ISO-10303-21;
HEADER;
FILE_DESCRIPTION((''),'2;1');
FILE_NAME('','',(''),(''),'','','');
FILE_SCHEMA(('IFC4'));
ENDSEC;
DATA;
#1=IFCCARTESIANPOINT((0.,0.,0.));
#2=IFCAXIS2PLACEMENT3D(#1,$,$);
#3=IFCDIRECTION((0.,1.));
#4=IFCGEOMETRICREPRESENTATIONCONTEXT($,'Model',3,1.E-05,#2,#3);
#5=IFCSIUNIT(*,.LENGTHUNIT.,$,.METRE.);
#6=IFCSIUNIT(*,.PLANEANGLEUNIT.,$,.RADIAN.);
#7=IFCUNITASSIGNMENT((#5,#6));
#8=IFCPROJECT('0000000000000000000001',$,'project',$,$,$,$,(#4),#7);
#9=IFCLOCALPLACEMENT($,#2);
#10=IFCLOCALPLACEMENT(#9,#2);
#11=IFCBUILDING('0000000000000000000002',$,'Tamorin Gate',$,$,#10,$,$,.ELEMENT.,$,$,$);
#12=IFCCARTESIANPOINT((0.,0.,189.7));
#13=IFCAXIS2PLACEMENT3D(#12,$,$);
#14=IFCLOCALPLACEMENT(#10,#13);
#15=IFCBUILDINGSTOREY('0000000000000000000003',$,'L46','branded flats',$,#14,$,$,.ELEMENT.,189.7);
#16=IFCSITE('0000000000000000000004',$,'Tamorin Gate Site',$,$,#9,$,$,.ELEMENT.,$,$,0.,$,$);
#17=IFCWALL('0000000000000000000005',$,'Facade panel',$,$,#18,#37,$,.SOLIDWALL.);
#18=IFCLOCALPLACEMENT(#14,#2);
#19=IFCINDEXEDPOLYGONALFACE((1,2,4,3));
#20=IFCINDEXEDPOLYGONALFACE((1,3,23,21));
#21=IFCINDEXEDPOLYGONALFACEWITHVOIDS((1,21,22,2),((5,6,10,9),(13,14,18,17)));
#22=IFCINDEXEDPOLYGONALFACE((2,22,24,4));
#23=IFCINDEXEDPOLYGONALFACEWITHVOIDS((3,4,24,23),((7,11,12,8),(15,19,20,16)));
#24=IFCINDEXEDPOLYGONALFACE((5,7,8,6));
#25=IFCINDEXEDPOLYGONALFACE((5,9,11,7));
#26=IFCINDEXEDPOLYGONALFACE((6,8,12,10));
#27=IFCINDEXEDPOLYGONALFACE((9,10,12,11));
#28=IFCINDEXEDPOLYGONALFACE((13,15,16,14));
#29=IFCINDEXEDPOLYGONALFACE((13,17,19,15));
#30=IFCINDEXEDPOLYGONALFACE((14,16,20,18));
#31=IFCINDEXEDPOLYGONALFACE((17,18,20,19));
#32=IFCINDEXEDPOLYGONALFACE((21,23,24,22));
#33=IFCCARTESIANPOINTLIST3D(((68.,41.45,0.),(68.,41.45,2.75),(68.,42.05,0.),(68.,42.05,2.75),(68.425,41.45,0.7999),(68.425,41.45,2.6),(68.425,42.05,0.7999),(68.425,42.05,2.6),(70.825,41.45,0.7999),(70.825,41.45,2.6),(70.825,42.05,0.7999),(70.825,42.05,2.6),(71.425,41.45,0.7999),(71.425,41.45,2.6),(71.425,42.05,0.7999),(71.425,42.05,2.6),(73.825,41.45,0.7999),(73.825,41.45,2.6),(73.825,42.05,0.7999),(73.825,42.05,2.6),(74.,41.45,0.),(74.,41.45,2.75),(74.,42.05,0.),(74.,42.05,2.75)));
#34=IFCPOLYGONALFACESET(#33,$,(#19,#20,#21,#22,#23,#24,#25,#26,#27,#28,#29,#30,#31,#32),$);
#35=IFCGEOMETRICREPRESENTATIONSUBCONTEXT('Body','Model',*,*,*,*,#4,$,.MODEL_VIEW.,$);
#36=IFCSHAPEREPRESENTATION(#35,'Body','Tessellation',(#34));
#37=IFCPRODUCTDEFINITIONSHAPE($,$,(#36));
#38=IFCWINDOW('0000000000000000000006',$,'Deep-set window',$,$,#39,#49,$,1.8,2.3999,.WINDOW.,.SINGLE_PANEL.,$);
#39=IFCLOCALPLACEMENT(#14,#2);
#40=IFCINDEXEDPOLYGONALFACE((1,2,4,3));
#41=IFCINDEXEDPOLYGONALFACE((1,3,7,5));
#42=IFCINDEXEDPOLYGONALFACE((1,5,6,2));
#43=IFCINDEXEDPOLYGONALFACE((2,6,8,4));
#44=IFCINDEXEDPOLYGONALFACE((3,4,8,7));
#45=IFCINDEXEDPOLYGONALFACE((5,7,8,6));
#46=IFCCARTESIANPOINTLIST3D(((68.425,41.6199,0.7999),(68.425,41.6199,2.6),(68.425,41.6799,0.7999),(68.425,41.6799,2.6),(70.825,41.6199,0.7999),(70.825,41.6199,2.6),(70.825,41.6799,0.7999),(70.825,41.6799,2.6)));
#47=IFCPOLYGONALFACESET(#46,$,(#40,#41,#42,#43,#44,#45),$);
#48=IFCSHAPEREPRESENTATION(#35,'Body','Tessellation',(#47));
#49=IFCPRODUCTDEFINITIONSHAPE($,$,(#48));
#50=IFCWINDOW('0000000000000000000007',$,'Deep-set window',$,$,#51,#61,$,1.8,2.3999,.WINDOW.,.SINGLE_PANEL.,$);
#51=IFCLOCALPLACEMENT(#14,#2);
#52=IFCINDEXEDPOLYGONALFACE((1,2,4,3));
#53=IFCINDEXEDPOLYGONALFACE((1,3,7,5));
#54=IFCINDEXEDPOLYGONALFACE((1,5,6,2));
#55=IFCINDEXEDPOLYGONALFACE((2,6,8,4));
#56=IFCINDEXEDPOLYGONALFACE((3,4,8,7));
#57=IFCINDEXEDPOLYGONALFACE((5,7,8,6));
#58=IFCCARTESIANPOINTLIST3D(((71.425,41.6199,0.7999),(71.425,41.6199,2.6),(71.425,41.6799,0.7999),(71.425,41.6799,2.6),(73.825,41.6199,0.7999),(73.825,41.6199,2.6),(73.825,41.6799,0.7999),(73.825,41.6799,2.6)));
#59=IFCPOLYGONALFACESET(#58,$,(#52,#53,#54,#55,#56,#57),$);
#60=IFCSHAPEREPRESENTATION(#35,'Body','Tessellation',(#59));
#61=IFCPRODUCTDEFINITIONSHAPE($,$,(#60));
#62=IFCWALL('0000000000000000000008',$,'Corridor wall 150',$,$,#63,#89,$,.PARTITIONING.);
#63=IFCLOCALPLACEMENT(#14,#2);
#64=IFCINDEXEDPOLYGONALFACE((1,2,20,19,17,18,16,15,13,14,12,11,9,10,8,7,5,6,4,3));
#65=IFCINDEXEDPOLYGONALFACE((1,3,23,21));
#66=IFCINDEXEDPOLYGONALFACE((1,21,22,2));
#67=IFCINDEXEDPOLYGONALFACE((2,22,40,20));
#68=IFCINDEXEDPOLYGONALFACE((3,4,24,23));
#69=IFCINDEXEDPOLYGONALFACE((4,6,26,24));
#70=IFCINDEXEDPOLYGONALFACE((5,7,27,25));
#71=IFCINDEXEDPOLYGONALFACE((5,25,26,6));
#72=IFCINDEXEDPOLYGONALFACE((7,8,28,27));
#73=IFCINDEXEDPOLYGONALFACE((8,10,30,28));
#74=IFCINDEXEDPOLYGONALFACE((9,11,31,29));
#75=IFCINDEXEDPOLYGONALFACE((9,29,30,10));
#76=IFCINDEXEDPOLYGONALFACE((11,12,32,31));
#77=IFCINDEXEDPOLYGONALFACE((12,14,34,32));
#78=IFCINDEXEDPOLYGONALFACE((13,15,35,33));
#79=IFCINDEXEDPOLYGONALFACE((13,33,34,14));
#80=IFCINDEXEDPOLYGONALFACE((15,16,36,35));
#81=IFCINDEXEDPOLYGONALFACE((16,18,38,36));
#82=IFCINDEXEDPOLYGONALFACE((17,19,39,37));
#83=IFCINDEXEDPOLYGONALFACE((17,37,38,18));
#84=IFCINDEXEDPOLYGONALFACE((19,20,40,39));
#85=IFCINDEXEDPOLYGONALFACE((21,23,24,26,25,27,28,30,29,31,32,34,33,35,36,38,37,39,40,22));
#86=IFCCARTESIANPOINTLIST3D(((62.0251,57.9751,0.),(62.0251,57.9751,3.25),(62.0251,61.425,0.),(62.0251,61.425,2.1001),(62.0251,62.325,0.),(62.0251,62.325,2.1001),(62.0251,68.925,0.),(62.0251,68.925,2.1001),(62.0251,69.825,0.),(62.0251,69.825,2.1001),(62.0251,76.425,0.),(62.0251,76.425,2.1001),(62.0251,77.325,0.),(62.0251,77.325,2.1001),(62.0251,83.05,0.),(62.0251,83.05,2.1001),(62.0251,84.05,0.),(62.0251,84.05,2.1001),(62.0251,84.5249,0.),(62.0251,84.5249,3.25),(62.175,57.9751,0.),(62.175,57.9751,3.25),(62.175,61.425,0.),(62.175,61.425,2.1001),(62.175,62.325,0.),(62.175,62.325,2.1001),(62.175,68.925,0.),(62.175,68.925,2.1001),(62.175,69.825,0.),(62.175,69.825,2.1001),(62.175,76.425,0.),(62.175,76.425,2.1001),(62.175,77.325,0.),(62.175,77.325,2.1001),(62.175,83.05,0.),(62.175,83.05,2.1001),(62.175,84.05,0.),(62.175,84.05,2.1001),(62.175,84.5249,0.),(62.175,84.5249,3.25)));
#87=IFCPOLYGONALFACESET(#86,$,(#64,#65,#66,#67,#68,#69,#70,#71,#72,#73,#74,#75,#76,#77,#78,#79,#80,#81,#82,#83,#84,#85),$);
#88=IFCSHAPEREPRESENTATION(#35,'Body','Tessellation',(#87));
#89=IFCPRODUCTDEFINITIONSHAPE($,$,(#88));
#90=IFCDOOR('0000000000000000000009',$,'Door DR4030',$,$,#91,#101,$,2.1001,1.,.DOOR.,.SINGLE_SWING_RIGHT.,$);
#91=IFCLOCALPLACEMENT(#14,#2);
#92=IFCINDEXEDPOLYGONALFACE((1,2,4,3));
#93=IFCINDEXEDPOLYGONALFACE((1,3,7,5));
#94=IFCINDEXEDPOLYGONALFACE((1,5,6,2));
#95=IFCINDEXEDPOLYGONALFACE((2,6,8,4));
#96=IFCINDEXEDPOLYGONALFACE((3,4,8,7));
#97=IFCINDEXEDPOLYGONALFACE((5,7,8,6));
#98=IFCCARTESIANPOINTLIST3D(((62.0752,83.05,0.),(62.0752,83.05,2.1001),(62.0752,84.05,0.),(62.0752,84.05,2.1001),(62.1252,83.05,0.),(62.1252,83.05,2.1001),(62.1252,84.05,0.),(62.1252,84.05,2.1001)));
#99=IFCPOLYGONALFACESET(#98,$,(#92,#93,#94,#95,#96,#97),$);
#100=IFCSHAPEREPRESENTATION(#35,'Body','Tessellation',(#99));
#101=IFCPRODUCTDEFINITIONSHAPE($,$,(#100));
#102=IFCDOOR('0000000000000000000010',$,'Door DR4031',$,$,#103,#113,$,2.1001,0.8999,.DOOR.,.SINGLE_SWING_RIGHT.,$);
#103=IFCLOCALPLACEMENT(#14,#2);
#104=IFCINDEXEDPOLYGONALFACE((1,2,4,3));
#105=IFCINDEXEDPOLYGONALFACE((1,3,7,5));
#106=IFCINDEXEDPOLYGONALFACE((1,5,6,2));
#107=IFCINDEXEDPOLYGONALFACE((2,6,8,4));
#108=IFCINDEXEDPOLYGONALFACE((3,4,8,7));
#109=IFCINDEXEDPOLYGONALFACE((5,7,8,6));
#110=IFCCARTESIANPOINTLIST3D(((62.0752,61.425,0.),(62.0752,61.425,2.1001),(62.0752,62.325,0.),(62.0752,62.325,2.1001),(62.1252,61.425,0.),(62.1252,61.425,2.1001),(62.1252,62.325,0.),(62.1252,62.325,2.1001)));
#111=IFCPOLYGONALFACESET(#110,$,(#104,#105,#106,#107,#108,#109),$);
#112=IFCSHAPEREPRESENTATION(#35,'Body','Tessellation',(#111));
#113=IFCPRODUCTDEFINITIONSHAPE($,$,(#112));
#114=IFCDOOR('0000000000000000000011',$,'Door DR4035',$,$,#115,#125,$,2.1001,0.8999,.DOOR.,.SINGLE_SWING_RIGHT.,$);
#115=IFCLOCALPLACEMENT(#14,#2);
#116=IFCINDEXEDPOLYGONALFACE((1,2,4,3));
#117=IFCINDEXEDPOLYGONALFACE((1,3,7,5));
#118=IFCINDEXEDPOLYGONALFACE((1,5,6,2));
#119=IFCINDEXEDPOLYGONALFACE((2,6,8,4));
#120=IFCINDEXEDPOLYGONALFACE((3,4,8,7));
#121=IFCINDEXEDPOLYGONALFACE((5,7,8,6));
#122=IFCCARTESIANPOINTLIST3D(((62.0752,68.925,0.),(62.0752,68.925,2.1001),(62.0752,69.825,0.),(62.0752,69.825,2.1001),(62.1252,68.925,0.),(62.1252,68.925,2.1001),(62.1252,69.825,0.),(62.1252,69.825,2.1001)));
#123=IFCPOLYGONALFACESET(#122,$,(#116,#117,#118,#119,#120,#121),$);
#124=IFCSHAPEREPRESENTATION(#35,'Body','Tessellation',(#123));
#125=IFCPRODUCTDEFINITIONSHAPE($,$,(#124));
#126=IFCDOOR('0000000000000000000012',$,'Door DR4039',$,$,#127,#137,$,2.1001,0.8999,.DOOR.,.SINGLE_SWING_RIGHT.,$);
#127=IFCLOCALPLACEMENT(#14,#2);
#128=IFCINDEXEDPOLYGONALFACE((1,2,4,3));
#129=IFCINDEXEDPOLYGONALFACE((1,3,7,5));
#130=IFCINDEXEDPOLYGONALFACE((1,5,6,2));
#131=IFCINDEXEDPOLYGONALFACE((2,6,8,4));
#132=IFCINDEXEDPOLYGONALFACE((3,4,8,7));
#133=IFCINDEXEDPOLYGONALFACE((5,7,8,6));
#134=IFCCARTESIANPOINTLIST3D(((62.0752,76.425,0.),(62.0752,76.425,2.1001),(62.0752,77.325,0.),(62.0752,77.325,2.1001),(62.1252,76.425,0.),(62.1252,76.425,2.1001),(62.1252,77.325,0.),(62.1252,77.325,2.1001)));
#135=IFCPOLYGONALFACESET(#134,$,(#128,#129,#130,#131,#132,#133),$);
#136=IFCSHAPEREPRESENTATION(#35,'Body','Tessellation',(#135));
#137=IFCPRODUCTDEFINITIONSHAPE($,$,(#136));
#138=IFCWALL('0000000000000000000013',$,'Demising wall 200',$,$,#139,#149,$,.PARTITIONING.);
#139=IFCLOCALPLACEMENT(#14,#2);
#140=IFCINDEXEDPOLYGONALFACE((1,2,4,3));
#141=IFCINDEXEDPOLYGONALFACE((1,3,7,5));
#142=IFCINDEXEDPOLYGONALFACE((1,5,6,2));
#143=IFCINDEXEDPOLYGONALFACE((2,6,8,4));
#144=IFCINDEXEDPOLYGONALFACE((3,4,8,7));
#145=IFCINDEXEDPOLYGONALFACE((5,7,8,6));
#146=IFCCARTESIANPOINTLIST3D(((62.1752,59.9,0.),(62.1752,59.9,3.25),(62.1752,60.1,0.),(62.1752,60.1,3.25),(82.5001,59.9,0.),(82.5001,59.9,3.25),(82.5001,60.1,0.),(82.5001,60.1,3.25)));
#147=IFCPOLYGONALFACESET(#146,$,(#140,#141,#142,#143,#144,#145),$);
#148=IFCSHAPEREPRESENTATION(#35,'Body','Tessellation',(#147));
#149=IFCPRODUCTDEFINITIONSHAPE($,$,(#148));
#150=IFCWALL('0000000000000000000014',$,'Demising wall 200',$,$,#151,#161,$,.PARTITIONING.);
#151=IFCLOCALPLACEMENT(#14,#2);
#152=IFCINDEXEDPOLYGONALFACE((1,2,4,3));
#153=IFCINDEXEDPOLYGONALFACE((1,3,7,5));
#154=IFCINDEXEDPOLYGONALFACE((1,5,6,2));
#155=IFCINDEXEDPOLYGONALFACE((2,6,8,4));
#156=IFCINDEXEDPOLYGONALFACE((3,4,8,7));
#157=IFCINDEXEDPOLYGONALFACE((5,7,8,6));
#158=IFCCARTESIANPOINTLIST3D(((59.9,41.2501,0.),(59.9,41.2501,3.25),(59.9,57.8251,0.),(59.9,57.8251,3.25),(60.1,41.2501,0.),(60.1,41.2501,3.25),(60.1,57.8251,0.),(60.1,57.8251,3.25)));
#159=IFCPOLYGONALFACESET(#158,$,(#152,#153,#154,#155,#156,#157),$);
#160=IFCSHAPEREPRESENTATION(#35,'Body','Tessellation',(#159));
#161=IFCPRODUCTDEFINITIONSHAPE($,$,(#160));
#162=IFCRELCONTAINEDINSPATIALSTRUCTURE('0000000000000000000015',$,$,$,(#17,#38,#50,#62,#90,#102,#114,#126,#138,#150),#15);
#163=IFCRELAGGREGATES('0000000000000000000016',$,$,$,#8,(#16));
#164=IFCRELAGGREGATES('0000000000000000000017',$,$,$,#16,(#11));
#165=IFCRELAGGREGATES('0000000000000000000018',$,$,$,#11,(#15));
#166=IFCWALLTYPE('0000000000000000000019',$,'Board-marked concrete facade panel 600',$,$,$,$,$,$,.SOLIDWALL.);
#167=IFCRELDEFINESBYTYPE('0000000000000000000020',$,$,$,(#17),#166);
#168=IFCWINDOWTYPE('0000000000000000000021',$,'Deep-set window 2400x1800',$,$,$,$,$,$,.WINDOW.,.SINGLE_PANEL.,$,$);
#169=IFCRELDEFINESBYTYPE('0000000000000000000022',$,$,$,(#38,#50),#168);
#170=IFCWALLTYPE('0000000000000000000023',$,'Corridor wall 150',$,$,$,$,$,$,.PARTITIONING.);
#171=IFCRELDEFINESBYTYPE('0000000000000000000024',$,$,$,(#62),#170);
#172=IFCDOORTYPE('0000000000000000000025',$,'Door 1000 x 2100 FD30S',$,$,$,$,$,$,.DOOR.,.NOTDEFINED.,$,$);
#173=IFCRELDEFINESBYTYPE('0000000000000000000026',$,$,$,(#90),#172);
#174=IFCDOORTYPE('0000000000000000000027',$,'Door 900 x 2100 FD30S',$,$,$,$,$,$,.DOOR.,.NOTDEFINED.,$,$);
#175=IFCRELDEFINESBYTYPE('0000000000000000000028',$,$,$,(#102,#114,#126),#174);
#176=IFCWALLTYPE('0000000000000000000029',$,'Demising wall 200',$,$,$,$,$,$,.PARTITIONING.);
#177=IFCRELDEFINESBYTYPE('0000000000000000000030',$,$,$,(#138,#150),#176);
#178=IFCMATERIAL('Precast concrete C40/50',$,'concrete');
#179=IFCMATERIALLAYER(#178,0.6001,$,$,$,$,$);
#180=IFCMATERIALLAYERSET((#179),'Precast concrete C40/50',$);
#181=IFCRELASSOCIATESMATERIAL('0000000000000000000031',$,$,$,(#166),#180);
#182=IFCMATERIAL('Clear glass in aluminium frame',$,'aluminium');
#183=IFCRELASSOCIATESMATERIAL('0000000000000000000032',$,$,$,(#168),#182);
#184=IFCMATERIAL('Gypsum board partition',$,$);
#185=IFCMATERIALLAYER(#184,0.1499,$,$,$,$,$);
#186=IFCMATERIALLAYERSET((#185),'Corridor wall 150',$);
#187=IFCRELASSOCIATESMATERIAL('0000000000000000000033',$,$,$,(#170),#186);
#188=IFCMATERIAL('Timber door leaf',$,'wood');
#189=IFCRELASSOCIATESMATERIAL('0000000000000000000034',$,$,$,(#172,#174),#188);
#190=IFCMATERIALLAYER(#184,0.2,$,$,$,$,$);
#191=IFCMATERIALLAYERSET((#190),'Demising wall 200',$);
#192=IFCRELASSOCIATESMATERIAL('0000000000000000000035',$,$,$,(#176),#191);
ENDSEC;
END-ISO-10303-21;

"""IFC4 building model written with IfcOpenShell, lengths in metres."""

from ifc_helpers import new_model, si_unit, direction, frame, frame_2d, origin, place, context, subcontext, project, spatial, rectangle, extrude, material, layer, layer_set, type_object, element, fill, save


model = new_model("IFC4")

# Units and contexts
model_context = context("Model", 3, precision=1e-05, world=origin(), true_north=direction((0.0, 1.0)))
body_context = subcontext(model_context, "Body", "Model", "MODEL_VIEW")
ifc_project = project(units=[si_unit("LENGTHUNIT", "METRE"), si_unit("PLANEANGLEUNIT", "RADIAN")], contexts=[model_context])

# Site, building, storey
site_placement = place(None, origin())
site = spatial("IfcSite", under=ifc_project, at=site_placement, Name="Tamorin Gate Site", CompositionType="ELEMENT", RefElevation=0.0)
building_placement = place(site_placement, origin())
building = spatial("IfcBuilding", under=site, at=building_placement, Name="Tamorin Gate", CompositionType="ELEMENT")
storey_placement = place(building_placement, frame((0.0, 0.0, 189.7)))
storey = spatial("IfcBuildingStorey", under=building, at=storey_placement, Name="L46", Description="branded flats", CompositionType="ELEMENT", Elevation=189.7)

# Wall, openings, windows
ifc_material_1 = material(Name="Precast concrete C40/50", Category="concrete")
ifc_layer_1 = layer(ifc_material_1, 0.6001)
ifc_layer_set_1 = layer_set([ifc_layer_1], Name="Precast concrete C40/50")
wall_type_1 = type_object("IfcWallType", Name="Board-marked concrete facade panel 600", PredefinedType="SOLIDWALL", material=ifc_layer_set_1)
ifc_material_2 = material(Name="Clear glass in aluminium frame", Category="aluminium")
window_type = type_object("IfcWindowType", Name="Deep-set window 2400x1800", PartitioningType="SINGLE_PANEL", PredefinedType="WINDOW", material=ifc_material_2)
wall_1_placement = place(storey_placement, frame((68.0, 41.75, 0.0), z_axis=(0.0, 0.0, 1.0), x_axis=(1.0, 0.0, 0.0)))
wall_1 = element("IfcWall", 1, at=wall_1_placement, inside=storey, type_object=wall_type_1, Name="Facade panel", PredefinedType="SOLIDWALL", context=body_context, shape_type="SweptSolid", body=[
    extrude(rectangle(XDim=6.0, YDim=0.6001, at=frame_2d((3.0, 0.0))), origin(), (0.0, 0.0, 1.0), 2.75),
])
opening_1_placement = place(wall_1_placement, frame((0.425, 0.0, 0.8)))
opening_1 = element("IfcOpeningElement", 2, at=opening_1_placement, cuts=wall_1, PredefinedType="OPENING", context=body_context, shape_type="SweptSolid", body=[
    extrude(rectangle(XDim=2.3999, YDim=1.8, at=frame_2d((1.2, 0.8999))), frame((0.0, 0.3101, 0.0), z_axis=(0.0, -1.0, 0.0), x_axis=(1.0, 0.0, 0.0)), (0.0, 0.0, 1.0), 0.6201),
])
opening_2_placement = place(wall_1_placement, frame((3.425, 0.0, 0.8)))
opening_2 = element("IfcOpeningElement", 3, at=opening_2_placement, cuts=wall_1, PredefinedType="OPENING", context=body_context, shape_type="SweptSolid", body=[
    extrude(rectangle(XDim=2.3999, YDim=1.8, at=frame_2d((1.2, 0.8999))), frame((0.0, 0.3101, 0.0), z_axis=(0.0, -1.0, 0.0), x_axis=(1.0, 0.0, 0.0)), (0.0, 0.0, 1.0), 0.6201),
])
window_1_placement = place(opening_1_placement, origin())
window_1 = element("IfcWindow", 4, at=window_1_placement, inside=storey, type_object=window_type, Name="Deep-set window", OverallHeight=1.8, OverallWidth=2.3999, PartitioningType="SINGLE_PANEL", PredefinedType="WINDOW", context=body_context, shape_type="SweptSolid", body=[
    extrude(rectangle(XDim=2.3999, YDim=1.8, at=frame_2d((1.2, 0.8999))), frame((0.0, -0.0701, 0.0), z_axis=(0.0, -1.0, 0.0), x_axis=(1.0, 0.0, 0.0)), (0.0, 0.0, 1.0), 0.0601),
])
fill(opening_1, window_1)
window_2_placement = place(opening_2_placement, origin())
window_2 = element("IfcWindow", 5, at=window_2_placement, inside=storey, type_object=window_type, Name="Deep-set window", OverallHeight=1.8, OverallWidth=2.3999, PartitioningType="SINGLE_PANEL", PredefinedType="WINDOW", context=body_context, shape_type="SweptSolid", body=[
    extrude(rectangle(XDim=2.3999, YDim=1.8, at=frame_2d((1.2, 0.8999))), frame((0.0, -0.0701, 0.0), z_axis=(0.0, -1.0, 0.0), x_axis=(1.0, 0.0, 0.0)), (0.0, 0.0, 1.0), 0.0601),
])
fill(opening_2, window_2)

# Wall, openings, doors
ifc_material_3 = material(Name="Gypsum board partition")
ifc_layer_2 = layer(ifc_material_3, 0.1499)
ifc_layer_set_2 = layer_set([ifc_layer_2], Name="Corridor wall 150")
wall_type_2 = type_object("IfcWallType", Name="Corridor wall 150", PredefinedType="PARTITIONING", material=ifc_layer_set_2)
wall_2_placement = place(storey_placement, frame((62.1001, 57.9751, 0.0), z_axis=(0.0, 0.0, 1.0), x_axis=(0.0, 1.0, 0.0)))
wall_2 = element("IfcWall", 6, at=wall_2_placement, inside=storey, type_object=wall_type_2, Name="Corridor wall 150", PredefinedType="PARTITIONING", context=body_context, shape_type="SweptSolid", body=[
    extrude(rectangle(XDim=26.5498, YDim=0.1499, at=frame_2d((13.2749, 0.0))), origin(), (0.0, 0.0, 1.0), 3.25),
])
opening_3_placement = place(wall_2_placement, frame((25.075, 0.0, 0.0)))
opening_3 = element("IfcOpeningElement", 7, at=opening_3_placement, cuts=wall_2, PredefinedType="OPENING", context=body_context, shape_type="SweptSolid", body=[
    extrude(rectangle(XDim=1.0, YDim=2.1001, at=frame_2d((0.5, 1.05))), frame((0.0, 0.085, 0.0), z_axis=(0.0, -1.0, 0.0), x_axis=(1.0, 0.0, 0.0)), (0.0, 0.0, 1.0), 0.1699),
])
opening_4_placement = place(wall_2_placement, frame((3.45, 0.0, 0.0)))
opening_4 = element("IfcOpeningElement", 8, at=opening_4_placement, cuts=wall_2, PredefinedType="OPENING", context=body_context, shape_type="SweptSolid", body=[
    extrude(rectangle(XDim=0.8999, YDim=2.1001, at=frame_2d((0.45, 1.05))), frame((0.0, 0.085, 0.0), z_axis=(0.0, -1.0, 0.0), x_axis=(1.0, 0.0, 0.0)), (0.0, 0.0, 1.0), 0.1699),
])
opening_5_placement = place(wall_2_placement, frame((10.95, 0.0, 0.0)))
opening_5 = element("IfcOpeningElement", 9, at=opening_5_placement, cuts=wall_2, PredefinedType="OPENING", context=body_context, shape_type="SweptSolid", body=[
    extrude(rectangle(XDim=0.8999, YDim=2.1001, at=frame_2d((0.45, 1.05))), frame((0.0, 0.085, 0.0), z_axis=(0.0, -1.0, 0.0), x_axis=(1.0, 0.0, 0.0)), (0.0, 0.0, 1.0), 0.1699),
])
opening_6_placement = place(wall_2_placement, frame((18.45, 0.0, 0.0)))
opening_6 = element("IfcOpeningElement", 10, at=opening_6_placement, cuts=wall_2, PredefinedType="OPENING", context=body_context, shape_type="SweptSolid", body=[
    extrude(rectangle(XDim=0.8999, YDim=2.1001, at=frame_2d((0.45, 1.05))), frame((0.0, 0.085, 0.0), z_axis=(0.0, -1.0, 0.0), x_axis=(1.0, 0.0, 0.0)), (0.0, 0.0, 1.0), 0.1699),
])
ifc_material_4 = material(Name="Timber door leaf", Category="wood")
door_type_1 = type_object("IfcDoorType", Name="Door 1000 x 2100 FD30S", OperationType="NOTDEFINED", PredefinedType="DOOR", material=ifc_material_4)
door_1_placement = place(opening_3_placement, origin())
door_1 = element("IfcDoor", 11, at=door_1_placement, inside=storey, type_object=door_type_1, Name="Door DR4030", OperationType="SINGLE_SWING_RIGHT", OverallHeight=2.1001, OverallWidth=1.0, PredefinedType="DOOR", context=body_context, shape_type="SweptSolid", body=[
    extrude(rectangle(XDim=1.0, YDim=2.1001, at=frame_2d((0.5, 1.05))), frame((0.0, 0.0249, 0.0), z_axis=(0.0, -1.0, 0.0), x_axis=(1.0, 0.0, 0.0)), (0.0, 0.0, 1.0), 0.05),
])
fill(opening_3, door_1)
door_type_2 = type_object("IfcDoorType", Name="Door 900 x 2100 FD30S", OperationType="NOTDEFINED", PredefinedType="DOOR", material=ifc_material_4)
door_2_placement = place(opening_4_placement, origin())
door_2 = element("IfcDoor", 12, at=door_2_placement, inside=storey, type_object=door_type_2, Name="Door DR4031", OperationType="SINGLE_SWING_RIGHT", OverallHeight=2.1001, OverallWidth=0.8999, PredefinedType="DOOR", context=body_context, shape_type="SweptSolid", body=[
    extrude(rectangle(XDim=0.8999, YDim=2.1001, at=frame_2d((0.45, 1.05))), frame((0.0, 0.0249, 0.0), z_axis=(0.0, -1.0, 0.0), x_axis=(1.0, 0.0, 0.0)), (0.0, 0.0, 1.0), 0.05),
])
fill(opening_4, door_2)
door_3_placement = place(opening_5_placement, origin())
door_3 = element("IfcDoor", 13, at=door_3_placement, inside=storey, type_object=door_type_2, Name="Door DR4035", OperationType="SINGLE_SWING_RIGHT", OverallHeight=2.1001, OverallWidth=0.8999, PredefinedType="DOOR", context=body_context, shape_type="SweptSolid", body=[
    extrude(rectangle(XDim=0.8999, YDim=2.1001, at=frame_2d((0.45, 1.05))), frame((0.0, 0.0249, 0.0), z_axis=(0.0, -1.0, 0.0), x_axis=(1.0, 0.0, 0.0)), (0.0, 0.0, 1.0), 0.05),
])
fill(opening_5, door_3)
door_4_placement = place(opening_6_placement, origin())
door_4 = element("IfcDoor", 14, at=door_4_placement, inside=storey, type_object=door_type_2, Name="Door DR4039", OperationType="SINGLE_SWING_RIGHT", OverallHeight=2.1001, OverallWidth=0.8999, PredefinedType="DOOR", context=body_context, shape_type="SweptSolid", body=[
    extrude(rectangle(XDim=0.8999, YDim=2.1001, at=frame_2d((0.45, 1.05))), frame((0.0, 0.0249, 0.0), z_axis=(0.0, -1.0, 0.0), x_axis=(1.0, 0.0, 0.0)), (0.0, 0.0, 1.0), 0.05),
])
fill(opening_6, door_4)

# Walls
ifc_layer_3 = layer(ifc_material_3, 0.2)
ifc_layer_set_3 = layer_set([ifc_layer_3], Name="Demising wall 200")
wall_type_3 = type_object("IfcWallType", Name="Demising wall 200", PredefinedType="PARTITIONING", material=ifc_layer_set_3)
wall_3_placement = place(storey_placement, frame((62.175, 60.0, 0.0), z_axis=(0.0, 0.0, 1.0), x_axis=(1.0, 0.0, 0.0)))
element("IfcWall", 15, at=wall_3_placement, inside=storey, type_object=wall_type_3, Name="Demising wall 200", PredefinedType="PARTITIONING", context=body_context, shape_type="SweptSolid", body=[
    extrude(rectangle(XDim=20.325, YDim=0.2, at=frame_2d((10.1626, 0.0))), origin(), (0.0, 0.0, 1.0), 3.25),
])
wall_4_placement = place(storey_placement, frame((60.0, 41.25, 0.0), z_axis=(0.0, 0.0, 1.0), x_axis=(0.0, 1.0, 0.0)))
element("IfcWall", 16, at=wall_4_placement, inside=storey, type_object=wall_type_3, Name="Demising wall 200", PredefinedType="PARTITIONING", context=body_context, shape_type="SweptSolid", body=[
    extrude(rectangle(XDim=16.575, YDim=0.2, at=frame_2d((8.2876, 0.0))), origin(), (0.0, 0.0, 1.0), 3.25),
])

save(model, "model.ifc")
